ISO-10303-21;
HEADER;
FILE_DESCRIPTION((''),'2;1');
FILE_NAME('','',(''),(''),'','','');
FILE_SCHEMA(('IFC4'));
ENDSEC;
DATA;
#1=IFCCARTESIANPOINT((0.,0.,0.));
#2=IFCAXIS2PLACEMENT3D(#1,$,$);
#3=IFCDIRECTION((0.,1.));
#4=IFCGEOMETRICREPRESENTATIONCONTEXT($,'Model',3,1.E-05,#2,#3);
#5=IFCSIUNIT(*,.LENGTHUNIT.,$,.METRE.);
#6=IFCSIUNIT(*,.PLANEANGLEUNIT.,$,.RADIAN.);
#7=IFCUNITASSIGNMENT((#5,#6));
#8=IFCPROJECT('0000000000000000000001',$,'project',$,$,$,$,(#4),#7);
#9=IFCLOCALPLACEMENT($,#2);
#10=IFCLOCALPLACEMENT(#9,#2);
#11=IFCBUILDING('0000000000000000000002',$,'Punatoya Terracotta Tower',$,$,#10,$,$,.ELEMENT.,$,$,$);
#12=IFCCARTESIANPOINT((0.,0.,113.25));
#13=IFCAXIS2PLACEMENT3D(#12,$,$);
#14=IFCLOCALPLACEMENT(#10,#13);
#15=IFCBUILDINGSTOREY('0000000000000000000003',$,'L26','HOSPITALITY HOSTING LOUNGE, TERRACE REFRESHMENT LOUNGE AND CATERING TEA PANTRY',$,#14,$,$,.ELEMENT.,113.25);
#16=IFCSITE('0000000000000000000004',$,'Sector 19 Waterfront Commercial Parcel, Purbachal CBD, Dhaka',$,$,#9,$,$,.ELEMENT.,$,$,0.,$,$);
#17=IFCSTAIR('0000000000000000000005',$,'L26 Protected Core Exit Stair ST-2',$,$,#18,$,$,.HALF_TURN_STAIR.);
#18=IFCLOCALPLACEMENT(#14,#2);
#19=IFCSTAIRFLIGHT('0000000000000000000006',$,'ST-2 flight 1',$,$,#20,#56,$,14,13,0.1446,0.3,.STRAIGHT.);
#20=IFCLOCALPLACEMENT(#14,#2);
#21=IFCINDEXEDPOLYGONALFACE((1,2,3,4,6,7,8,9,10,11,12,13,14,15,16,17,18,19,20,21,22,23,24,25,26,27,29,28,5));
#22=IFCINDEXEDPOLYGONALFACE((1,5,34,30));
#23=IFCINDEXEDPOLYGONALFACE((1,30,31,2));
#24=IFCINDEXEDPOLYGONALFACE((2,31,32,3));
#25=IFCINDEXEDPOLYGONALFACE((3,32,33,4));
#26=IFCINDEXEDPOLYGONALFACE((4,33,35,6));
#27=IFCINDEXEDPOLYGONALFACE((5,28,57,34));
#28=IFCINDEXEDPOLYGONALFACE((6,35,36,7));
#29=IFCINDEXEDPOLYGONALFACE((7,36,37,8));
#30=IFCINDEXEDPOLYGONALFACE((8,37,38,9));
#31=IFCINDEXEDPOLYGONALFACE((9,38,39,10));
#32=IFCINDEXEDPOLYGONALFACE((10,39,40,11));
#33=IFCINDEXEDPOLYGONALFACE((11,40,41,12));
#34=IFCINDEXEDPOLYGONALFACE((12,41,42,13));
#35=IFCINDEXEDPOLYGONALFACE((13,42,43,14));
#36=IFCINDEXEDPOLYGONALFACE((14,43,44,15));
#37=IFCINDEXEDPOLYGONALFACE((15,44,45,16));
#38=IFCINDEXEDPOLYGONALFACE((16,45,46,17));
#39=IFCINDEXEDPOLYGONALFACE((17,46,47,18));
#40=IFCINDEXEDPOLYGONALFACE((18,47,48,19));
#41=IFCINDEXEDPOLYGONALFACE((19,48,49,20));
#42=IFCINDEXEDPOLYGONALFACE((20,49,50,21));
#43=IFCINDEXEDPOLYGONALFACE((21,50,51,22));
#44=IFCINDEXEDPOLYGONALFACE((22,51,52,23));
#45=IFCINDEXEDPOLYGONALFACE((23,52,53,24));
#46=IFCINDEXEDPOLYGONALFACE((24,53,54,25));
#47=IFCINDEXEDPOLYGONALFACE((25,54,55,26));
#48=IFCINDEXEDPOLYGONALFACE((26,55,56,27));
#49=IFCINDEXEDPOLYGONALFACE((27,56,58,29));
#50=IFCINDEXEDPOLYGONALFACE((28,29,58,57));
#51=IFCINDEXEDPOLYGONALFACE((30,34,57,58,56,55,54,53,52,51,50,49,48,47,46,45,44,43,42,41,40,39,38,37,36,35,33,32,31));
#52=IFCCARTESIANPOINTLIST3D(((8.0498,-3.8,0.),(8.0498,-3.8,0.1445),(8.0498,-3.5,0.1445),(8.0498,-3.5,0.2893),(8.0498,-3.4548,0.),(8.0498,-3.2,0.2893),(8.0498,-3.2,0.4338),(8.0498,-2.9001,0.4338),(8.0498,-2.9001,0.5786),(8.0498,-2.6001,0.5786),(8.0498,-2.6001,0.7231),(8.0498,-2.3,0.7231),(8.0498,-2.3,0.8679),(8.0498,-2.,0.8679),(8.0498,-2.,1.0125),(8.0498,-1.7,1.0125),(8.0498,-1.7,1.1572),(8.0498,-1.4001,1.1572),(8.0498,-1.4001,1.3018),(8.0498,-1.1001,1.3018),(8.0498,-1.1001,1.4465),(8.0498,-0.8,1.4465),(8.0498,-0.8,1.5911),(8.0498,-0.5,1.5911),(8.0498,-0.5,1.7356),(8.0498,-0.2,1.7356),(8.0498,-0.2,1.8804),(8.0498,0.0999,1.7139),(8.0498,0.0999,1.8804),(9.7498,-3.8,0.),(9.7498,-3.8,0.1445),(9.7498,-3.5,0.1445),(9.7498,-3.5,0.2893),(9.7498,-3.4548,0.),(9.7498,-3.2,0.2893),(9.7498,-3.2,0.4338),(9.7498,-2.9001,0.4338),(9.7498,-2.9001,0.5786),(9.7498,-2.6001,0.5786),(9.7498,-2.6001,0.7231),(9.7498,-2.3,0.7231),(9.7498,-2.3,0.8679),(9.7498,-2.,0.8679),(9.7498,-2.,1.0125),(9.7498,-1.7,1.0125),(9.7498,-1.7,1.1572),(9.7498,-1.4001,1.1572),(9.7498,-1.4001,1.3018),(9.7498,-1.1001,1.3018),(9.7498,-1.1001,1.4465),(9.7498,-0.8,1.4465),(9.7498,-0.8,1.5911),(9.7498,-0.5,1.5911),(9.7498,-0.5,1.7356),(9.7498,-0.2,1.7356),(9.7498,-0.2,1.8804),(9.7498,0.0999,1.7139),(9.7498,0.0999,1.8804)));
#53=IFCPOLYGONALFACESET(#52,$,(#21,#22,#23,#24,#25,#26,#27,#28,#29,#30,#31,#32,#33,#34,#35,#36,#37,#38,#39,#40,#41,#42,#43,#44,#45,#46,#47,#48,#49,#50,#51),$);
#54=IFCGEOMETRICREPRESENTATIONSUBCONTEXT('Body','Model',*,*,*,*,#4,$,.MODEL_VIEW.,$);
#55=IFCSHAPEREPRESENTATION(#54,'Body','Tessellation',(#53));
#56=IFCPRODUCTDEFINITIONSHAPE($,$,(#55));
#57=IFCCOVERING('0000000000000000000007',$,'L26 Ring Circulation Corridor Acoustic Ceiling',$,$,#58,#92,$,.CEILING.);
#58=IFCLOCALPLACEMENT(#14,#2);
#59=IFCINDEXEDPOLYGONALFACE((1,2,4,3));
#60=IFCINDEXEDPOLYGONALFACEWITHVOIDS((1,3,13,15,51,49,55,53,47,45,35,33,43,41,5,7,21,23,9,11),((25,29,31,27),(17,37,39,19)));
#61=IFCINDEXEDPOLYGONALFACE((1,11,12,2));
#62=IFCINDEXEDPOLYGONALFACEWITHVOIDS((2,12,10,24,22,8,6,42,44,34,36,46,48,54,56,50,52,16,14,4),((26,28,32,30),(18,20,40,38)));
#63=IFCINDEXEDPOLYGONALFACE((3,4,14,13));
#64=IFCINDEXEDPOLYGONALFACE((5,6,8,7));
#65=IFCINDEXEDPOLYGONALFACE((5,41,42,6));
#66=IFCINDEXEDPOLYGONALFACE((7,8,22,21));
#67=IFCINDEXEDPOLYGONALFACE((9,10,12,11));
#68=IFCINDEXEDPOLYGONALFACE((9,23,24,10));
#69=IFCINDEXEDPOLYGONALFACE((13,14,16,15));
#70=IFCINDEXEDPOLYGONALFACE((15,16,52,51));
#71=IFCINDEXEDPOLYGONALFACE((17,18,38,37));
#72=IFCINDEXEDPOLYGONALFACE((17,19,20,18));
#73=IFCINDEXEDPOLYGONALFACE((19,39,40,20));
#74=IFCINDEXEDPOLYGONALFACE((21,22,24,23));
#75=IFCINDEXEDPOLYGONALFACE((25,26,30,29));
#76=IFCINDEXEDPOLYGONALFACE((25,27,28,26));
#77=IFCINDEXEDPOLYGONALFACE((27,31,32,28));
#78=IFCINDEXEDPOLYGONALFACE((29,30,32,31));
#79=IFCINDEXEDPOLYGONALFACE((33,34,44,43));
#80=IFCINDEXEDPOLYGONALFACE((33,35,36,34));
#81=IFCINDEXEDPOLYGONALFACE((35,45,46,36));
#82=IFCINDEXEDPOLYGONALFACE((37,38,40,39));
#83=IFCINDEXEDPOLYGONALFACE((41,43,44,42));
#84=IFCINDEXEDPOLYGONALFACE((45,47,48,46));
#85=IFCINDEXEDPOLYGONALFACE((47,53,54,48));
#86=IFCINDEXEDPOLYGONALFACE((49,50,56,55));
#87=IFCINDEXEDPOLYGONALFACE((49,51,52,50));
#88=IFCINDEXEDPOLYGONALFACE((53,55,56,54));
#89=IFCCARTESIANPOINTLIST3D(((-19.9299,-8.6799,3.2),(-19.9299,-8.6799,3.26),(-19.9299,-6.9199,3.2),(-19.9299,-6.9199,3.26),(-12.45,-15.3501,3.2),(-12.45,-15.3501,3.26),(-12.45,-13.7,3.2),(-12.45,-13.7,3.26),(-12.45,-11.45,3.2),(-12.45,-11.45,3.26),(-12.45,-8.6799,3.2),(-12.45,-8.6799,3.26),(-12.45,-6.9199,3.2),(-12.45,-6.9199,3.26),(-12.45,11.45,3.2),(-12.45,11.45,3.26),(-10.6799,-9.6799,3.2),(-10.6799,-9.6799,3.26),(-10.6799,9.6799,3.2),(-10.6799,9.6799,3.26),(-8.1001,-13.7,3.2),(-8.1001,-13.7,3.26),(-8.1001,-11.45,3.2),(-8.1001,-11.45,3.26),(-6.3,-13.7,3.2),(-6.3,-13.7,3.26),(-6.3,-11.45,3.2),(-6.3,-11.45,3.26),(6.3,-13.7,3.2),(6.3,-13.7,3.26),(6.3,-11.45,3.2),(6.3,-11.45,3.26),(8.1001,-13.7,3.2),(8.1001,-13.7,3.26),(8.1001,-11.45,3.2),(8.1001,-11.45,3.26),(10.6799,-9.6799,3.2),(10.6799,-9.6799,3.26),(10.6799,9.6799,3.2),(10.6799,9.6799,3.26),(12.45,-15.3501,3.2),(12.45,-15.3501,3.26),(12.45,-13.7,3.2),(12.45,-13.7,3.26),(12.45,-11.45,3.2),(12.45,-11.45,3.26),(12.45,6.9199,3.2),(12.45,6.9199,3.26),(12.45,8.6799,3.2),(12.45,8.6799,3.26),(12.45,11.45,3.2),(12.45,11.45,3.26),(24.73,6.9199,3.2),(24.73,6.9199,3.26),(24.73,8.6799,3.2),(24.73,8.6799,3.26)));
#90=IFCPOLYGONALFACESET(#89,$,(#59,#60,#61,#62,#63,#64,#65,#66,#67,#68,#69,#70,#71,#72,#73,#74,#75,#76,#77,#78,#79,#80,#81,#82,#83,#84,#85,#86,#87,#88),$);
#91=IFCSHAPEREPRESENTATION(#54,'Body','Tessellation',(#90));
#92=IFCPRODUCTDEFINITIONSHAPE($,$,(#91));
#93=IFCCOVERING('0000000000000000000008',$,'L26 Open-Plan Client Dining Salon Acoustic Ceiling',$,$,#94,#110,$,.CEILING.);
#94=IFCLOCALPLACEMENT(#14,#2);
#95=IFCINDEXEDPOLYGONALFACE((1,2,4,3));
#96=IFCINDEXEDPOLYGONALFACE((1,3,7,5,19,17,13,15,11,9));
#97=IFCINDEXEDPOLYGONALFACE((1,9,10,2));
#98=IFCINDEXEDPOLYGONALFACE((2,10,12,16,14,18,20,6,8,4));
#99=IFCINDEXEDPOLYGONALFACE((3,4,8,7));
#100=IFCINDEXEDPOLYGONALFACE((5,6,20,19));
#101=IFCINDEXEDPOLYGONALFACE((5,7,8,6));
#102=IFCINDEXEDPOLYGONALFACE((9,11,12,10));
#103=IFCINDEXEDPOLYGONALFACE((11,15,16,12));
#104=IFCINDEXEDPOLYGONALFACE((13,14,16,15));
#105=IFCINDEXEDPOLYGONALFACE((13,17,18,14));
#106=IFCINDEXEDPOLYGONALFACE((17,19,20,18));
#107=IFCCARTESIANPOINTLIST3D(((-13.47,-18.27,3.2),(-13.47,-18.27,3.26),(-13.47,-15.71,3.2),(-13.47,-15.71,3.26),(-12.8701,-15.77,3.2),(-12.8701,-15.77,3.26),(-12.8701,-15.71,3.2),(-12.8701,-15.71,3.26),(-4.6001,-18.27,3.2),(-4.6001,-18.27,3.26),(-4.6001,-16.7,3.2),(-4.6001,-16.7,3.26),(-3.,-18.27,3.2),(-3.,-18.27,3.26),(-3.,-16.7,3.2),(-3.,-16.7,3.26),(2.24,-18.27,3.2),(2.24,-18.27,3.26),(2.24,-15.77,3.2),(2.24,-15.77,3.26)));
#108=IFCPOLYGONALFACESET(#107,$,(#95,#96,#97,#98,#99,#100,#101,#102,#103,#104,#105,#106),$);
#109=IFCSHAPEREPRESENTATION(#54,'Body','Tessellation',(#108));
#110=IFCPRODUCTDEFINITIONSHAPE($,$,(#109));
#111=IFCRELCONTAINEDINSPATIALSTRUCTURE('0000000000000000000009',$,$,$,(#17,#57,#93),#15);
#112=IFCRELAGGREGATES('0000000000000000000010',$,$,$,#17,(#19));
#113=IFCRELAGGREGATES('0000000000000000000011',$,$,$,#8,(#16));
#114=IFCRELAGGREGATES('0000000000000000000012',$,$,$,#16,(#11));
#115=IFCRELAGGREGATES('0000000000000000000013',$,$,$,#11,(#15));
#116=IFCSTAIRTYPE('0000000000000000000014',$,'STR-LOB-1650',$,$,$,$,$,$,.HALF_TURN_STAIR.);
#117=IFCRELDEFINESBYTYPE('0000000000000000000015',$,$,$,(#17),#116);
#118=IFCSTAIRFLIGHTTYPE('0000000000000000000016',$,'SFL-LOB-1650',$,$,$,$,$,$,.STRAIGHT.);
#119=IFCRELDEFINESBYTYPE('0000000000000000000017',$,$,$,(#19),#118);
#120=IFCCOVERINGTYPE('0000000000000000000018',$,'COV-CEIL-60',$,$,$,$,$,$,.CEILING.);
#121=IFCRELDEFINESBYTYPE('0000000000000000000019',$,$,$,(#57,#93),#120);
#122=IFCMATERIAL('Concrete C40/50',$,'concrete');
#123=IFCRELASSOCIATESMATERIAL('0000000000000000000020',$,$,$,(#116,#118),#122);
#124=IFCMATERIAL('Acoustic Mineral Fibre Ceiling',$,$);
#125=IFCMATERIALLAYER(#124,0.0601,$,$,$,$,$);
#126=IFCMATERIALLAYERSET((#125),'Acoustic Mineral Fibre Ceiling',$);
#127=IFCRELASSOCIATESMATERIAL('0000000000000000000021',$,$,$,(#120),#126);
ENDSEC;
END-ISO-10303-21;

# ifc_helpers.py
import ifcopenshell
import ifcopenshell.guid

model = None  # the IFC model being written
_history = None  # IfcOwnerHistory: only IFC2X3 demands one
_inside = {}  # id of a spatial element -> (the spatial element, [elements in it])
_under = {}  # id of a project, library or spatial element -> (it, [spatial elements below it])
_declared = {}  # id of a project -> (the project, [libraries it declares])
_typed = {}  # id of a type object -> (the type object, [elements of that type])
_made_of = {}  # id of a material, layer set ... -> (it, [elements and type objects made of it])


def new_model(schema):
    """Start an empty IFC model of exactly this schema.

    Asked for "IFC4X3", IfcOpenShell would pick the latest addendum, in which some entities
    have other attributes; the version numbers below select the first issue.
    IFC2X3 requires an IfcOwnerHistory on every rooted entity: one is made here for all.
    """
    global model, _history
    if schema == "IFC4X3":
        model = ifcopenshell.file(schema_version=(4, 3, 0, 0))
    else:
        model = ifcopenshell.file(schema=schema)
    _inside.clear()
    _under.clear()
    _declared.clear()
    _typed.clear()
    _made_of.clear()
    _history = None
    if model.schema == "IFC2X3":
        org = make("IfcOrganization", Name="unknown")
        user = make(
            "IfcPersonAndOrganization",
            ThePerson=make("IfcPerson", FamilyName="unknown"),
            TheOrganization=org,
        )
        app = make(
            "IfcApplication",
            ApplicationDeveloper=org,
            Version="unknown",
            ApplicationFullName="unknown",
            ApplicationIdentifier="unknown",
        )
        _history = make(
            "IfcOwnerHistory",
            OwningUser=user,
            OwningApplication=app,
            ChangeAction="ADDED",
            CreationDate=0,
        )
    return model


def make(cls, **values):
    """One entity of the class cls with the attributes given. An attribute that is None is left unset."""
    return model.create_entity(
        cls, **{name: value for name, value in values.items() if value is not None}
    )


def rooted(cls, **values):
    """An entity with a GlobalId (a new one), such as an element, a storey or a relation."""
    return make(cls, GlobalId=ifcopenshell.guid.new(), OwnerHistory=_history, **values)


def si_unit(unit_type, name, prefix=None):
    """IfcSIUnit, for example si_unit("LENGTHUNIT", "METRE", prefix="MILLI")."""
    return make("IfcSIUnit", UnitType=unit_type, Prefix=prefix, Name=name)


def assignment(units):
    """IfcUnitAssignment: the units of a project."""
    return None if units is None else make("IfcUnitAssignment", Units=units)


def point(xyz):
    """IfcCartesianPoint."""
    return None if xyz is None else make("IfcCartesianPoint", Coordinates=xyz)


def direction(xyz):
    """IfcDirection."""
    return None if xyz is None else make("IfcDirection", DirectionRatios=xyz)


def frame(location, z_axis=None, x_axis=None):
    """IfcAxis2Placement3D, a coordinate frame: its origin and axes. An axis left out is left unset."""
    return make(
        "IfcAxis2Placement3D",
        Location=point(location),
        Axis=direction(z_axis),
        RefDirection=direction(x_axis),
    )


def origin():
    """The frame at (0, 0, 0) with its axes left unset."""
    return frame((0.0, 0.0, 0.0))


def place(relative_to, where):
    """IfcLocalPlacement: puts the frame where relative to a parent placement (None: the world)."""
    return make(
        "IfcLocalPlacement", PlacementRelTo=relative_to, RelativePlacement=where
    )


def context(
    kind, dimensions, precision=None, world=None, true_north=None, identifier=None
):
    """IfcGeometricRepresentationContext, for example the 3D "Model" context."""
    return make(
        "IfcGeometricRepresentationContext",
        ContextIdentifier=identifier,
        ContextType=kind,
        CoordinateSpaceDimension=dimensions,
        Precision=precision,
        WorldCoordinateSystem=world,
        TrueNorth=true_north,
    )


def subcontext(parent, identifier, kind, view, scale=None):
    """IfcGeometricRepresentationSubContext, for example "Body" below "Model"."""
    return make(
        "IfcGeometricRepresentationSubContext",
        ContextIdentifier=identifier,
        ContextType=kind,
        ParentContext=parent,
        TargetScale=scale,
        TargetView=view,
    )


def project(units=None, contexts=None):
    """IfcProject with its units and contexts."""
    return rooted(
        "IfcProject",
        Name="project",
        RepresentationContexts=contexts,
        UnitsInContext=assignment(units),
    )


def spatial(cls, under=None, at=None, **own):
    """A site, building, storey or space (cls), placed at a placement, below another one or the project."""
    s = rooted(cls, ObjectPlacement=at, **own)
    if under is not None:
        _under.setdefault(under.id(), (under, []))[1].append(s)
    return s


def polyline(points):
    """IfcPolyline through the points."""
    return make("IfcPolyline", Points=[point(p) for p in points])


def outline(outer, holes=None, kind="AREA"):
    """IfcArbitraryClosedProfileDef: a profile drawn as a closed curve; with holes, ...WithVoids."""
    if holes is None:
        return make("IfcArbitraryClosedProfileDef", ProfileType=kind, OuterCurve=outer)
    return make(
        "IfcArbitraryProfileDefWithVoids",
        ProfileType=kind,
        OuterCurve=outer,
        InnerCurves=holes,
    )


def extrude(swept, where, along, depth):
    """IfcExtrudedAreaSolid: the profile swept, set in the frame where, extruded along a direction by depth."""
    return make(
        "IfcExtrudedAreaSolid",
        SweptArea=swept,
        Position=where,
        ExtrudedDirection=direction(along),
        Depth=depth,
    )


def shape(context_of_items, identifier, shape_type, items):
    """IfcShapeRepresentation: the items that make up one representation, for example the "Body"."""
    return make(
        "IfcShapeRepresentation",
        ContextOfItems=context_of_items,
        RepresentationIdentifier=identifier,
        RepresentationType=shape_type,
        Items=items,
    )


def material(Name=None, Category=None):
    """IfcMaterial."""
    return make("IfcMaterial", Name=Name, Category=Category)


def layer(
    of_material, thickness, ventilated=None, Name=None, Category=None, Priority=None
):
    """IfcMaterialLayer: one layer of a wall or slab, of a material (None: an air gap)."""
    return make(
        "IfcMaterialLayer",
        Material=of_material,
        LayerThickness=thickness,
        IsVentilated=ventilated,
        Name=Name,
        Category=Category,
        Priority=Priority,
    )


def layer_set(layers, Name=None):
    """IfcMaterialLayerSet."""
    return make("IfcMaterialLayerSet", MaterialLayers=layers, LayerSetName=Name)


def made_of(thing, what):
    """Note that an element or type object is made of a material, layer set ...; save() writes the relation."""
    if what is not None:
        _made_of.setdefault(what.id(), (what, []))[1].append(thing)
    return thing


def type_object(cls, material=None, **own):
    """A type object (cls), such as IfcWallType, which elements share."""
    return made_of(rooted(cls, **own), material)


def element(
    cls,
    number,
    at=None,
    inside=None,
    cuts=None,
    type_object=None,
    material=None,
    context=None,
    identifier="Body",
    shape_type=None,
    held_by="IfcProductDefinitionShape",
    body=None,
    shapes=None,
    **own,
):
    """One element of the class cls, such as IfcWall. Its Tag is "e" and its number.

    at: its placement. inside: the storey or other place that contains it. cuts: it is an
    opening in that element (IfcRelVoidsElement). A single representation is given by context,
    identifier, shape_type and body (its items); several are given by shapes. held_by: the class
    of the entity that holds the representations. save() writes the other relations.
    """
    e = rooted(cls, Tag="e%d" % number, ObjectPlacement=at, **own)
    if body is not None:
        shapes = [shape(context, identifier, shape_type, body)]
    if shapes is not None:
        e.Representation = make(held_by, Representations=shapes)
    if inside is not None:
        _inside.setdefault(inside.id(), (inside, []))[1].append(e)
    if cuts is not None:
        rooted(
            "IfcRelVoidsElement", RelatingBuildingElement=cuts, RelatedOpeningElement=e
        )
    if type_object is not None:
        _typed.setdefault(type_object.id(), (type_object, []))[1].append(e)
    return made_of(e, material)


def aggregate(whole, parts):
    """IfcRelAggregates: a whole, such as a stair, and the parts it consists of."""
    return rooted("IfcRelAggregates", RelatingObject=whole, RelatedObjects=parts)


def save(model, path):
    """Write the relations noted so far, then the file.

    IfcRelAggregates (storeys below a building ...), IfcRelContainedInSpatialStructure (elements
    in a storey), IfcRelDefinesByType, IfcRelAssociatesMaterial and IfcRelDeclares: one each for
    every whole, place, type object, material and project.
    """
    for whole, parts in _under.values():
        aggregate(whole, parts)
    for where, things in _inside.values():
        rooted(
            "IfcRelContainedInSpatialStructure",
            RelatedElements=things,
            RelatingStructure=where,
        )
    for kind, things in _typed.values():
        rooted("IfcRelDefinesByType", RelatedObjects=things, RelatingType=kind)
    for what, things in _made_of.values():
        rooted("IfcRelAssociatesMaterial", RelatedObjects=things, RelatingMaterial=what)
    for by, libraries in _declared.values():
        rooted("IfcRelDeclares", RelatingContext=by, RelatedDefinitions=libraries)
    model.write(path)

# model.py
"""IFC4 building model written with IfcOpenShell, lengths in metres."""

from ifc_helpers import new_model, si_unit, direction, frame, origin, place, context, subcontext, project, spatial, polyline, outline, extrude, material, layer, layer_set, type_object, element, aggregate, save


model = new_model("IFC4")

# Units and contexts
model_context = context("Model", 3, precision=1e-05, world=origin(), true_north=direction((0.0, 1.0)))
body_context = subcontext(model_context, "Body", "Model", "MODEL_VIEW")
ifc_project = project(units=[si_unit("LENGTHUNIT", "METRE"), si_unit("PLANEANGLEUNIT", "RADIAN")], contexts=[model_context])

# Site, building, storey
site_placement = place(None, origin())
site = spatial("IfcSite", under=ifc_project, at=site_placement, Name="Sector 19 Waterfront Commercial Parcel, Purbachal CBD, Dhaka", CompositionType="ELEMENT", RefElevation=0.0)
building_placement = place(site_placement, origin())
building = spatial("IfcBuilding", under=site, at=building_placement, Name="Punatoya Terracotta Tower", CompositionType="ELEMENT")
storey_placement = place(building_placement, frame((0.0, 0.0, 113.25)))
storey = spatial("IfcBuildingStorey", under=building, at=storey_placement, Name="L26", Description="HOSPITALITY HOSTING LOUNGE, TERRACE REFRESHMENT LOUNGE AND CATERING TEA PANTRY", CompositionType="ELEMENT", Elevation=113.25)

# Stair
ifc_material_1 = material(Name="Concrete C40/50", Category="concrete")
stair_type_1 = type_object("IfcStairType", Name="STR-LOB-1650", PredefinedType="HALF_TURN_STAIR", material=ifc_material_1)
stair_1_placement = place(storey_placement, origin())
stair_1 = element("IfcStair", 1, at=stair_1_placement, inside=storey, type_object=stair_type_1, Name="L26 Protected Core Exit Stair ST-2", PredefinedType="HALF_TURN_STAIR")

# Stair flight
stair_flight_type = type_object("IfcStairFlightType", Name="SFL-LOB-1650", PredefinedType="STRAIGHT", material=ifc_material_1)
stair_flight_placement = place(storey_placement, frame((8.8999, -3.8, 0.0), z_axis=(0.0, 0.0, 1.0), x_axis=(0.0, 1.0, 0.0)))
stair_flight = element("IfcStairFlight", 2, at=stair_flight_placement, type_object=stair_flight_type, Name="ST-2 flight 1", NumberOfRisers=14, NumberOfTreads=13, PredefinedType="STRAIGHT", RiserHeight=0.1446, TreadLength=0.3, context=body_context, shape_type="SweptSolid", body=[
    extrude(outline(polyline([(0.0, 0.0), (0.0, 0.1445), (0.3, 0.1445), (0.3, 0.2893), (0.6001, 0.2893), (0.6001, 0.4338), (0.8999, 0.4338), (0.8999, 0.5786), (1.2, 0.5786), (1.2, 0.7231), (1.5, 0.7231), (1.5, 0.8679), (1.8, 0.8679), (1.8, 1.0125), (2.1001, 1.0125), (2.1001, 1.1572), (2.3999, 1.1572), (2.3999, 1.3018), (2.7, 1.3018), (2.7, 1.4465), (3.0, 1.4465), (3.0, 1.5911), (3.3, 1.5911), (3.3, 1.7356), (3.6001, 1.7356), (3.6001, 1.8804), (3.8999, 1.8804), (3.8999, 2.0249), (3.8999, 1.7139), (0.3452, 0.0), (0.0, 0.0)])), frame((0.0, 0.8501, 0.0), z_axis=(0.0, -1.0, 0.0), x_axis=(1.0, 0.0, 0.0)), (0.0, 0.0, 1.0), 1.7),
])
aggregate(stair_1, [stair_flight])

# Coverings
ifc_material_2 = material(Name="Acoustic Mineral Fibre Ceiling")
ifc_layer_1 = layer(ifc_material_2, 0.0601)
ifc_layer_set_1 = layer_set([ifc_layer_1], Name="Acoustic Mineral Fibre Ceiling")
covering_type = type_object("IfcCoveringType", Name="COV-CEIL-60", PredefinedType="CEILING", material=ifc_layer_set_1)
covering_1_placement = place(storey_placement, frame((0.0, 0.0, 3.2)))
element("IfcCovering", 3, at=covering_1_placement, inside=storey, type_object=covering_type, Name="L26 Ring Circulation Corridor Acoustic Ceiling", PredefinedType="CEILING", context=body_context, shape_type="SweptSolid", body=[
    extrude(outline(polyline([(12.45, -13.7), (8.1001, -13.7), (8.1001, -11.45), (12.45, -11.45), (12.45, 6.9199), (24.73, 6.9199), (24.73, 8.6799), (12.45, 8.6799), (12.45, 11.45), (-12.45, 11.45), (-12.45, -6.9199), (-19.9299, -6.9199), (-19.9299, -8.6799), (-12.45, -8.6799), (-12.45, -11.45), (-8.1001, -11.45), (-8.1001, -13.7), (-12.45, -13.7), (-12.45, -15.3501), (12.45, -15.3501), (12.45, -13.7)]), holes=[polyline([(-10.6799, -9.6799), (-10.6799, 9.6799), (10.6799, 9.6799), (10.6799, -9.6799), (-10.6799, -9.6799)]), polyline([(-6.3, -11.45), (6.3, -11.45), (6.3, -13.7), (-6.3, -13.7), (-6.3, -11.45)])]), origin(), (0.0, 0.0, 1.0), 0.0601),
])
covering_2_placement = place(storey_placement, frame((0.0, 0.0, 3.2)))
element("IfcCovering", 4, at=covering_2_placement, inside=storey, type_object=covering_type, Name="L26 Open-Plan Client Dining Salon Acoustic Ceiling", PredefinedType="CEILING", context=body_context, shape_type="SweptSolid", body=[
    extrude(outline(polyline([(-13.47, -18.27), (-4.6001, -18.27), (-4.6001, -16.7), (-3.0, -16.7), (-3.0, -18.27), (2.24, -18.27), (2.24, -15.77), (-12.8701, -15.77), (-12.8701, -15.71), (-13.47, -15.71), (-13.47, -18.27)])), origin(), (0.0, 0.0, 1.0), 0.0601),
])

save(model, "model.ifc")
